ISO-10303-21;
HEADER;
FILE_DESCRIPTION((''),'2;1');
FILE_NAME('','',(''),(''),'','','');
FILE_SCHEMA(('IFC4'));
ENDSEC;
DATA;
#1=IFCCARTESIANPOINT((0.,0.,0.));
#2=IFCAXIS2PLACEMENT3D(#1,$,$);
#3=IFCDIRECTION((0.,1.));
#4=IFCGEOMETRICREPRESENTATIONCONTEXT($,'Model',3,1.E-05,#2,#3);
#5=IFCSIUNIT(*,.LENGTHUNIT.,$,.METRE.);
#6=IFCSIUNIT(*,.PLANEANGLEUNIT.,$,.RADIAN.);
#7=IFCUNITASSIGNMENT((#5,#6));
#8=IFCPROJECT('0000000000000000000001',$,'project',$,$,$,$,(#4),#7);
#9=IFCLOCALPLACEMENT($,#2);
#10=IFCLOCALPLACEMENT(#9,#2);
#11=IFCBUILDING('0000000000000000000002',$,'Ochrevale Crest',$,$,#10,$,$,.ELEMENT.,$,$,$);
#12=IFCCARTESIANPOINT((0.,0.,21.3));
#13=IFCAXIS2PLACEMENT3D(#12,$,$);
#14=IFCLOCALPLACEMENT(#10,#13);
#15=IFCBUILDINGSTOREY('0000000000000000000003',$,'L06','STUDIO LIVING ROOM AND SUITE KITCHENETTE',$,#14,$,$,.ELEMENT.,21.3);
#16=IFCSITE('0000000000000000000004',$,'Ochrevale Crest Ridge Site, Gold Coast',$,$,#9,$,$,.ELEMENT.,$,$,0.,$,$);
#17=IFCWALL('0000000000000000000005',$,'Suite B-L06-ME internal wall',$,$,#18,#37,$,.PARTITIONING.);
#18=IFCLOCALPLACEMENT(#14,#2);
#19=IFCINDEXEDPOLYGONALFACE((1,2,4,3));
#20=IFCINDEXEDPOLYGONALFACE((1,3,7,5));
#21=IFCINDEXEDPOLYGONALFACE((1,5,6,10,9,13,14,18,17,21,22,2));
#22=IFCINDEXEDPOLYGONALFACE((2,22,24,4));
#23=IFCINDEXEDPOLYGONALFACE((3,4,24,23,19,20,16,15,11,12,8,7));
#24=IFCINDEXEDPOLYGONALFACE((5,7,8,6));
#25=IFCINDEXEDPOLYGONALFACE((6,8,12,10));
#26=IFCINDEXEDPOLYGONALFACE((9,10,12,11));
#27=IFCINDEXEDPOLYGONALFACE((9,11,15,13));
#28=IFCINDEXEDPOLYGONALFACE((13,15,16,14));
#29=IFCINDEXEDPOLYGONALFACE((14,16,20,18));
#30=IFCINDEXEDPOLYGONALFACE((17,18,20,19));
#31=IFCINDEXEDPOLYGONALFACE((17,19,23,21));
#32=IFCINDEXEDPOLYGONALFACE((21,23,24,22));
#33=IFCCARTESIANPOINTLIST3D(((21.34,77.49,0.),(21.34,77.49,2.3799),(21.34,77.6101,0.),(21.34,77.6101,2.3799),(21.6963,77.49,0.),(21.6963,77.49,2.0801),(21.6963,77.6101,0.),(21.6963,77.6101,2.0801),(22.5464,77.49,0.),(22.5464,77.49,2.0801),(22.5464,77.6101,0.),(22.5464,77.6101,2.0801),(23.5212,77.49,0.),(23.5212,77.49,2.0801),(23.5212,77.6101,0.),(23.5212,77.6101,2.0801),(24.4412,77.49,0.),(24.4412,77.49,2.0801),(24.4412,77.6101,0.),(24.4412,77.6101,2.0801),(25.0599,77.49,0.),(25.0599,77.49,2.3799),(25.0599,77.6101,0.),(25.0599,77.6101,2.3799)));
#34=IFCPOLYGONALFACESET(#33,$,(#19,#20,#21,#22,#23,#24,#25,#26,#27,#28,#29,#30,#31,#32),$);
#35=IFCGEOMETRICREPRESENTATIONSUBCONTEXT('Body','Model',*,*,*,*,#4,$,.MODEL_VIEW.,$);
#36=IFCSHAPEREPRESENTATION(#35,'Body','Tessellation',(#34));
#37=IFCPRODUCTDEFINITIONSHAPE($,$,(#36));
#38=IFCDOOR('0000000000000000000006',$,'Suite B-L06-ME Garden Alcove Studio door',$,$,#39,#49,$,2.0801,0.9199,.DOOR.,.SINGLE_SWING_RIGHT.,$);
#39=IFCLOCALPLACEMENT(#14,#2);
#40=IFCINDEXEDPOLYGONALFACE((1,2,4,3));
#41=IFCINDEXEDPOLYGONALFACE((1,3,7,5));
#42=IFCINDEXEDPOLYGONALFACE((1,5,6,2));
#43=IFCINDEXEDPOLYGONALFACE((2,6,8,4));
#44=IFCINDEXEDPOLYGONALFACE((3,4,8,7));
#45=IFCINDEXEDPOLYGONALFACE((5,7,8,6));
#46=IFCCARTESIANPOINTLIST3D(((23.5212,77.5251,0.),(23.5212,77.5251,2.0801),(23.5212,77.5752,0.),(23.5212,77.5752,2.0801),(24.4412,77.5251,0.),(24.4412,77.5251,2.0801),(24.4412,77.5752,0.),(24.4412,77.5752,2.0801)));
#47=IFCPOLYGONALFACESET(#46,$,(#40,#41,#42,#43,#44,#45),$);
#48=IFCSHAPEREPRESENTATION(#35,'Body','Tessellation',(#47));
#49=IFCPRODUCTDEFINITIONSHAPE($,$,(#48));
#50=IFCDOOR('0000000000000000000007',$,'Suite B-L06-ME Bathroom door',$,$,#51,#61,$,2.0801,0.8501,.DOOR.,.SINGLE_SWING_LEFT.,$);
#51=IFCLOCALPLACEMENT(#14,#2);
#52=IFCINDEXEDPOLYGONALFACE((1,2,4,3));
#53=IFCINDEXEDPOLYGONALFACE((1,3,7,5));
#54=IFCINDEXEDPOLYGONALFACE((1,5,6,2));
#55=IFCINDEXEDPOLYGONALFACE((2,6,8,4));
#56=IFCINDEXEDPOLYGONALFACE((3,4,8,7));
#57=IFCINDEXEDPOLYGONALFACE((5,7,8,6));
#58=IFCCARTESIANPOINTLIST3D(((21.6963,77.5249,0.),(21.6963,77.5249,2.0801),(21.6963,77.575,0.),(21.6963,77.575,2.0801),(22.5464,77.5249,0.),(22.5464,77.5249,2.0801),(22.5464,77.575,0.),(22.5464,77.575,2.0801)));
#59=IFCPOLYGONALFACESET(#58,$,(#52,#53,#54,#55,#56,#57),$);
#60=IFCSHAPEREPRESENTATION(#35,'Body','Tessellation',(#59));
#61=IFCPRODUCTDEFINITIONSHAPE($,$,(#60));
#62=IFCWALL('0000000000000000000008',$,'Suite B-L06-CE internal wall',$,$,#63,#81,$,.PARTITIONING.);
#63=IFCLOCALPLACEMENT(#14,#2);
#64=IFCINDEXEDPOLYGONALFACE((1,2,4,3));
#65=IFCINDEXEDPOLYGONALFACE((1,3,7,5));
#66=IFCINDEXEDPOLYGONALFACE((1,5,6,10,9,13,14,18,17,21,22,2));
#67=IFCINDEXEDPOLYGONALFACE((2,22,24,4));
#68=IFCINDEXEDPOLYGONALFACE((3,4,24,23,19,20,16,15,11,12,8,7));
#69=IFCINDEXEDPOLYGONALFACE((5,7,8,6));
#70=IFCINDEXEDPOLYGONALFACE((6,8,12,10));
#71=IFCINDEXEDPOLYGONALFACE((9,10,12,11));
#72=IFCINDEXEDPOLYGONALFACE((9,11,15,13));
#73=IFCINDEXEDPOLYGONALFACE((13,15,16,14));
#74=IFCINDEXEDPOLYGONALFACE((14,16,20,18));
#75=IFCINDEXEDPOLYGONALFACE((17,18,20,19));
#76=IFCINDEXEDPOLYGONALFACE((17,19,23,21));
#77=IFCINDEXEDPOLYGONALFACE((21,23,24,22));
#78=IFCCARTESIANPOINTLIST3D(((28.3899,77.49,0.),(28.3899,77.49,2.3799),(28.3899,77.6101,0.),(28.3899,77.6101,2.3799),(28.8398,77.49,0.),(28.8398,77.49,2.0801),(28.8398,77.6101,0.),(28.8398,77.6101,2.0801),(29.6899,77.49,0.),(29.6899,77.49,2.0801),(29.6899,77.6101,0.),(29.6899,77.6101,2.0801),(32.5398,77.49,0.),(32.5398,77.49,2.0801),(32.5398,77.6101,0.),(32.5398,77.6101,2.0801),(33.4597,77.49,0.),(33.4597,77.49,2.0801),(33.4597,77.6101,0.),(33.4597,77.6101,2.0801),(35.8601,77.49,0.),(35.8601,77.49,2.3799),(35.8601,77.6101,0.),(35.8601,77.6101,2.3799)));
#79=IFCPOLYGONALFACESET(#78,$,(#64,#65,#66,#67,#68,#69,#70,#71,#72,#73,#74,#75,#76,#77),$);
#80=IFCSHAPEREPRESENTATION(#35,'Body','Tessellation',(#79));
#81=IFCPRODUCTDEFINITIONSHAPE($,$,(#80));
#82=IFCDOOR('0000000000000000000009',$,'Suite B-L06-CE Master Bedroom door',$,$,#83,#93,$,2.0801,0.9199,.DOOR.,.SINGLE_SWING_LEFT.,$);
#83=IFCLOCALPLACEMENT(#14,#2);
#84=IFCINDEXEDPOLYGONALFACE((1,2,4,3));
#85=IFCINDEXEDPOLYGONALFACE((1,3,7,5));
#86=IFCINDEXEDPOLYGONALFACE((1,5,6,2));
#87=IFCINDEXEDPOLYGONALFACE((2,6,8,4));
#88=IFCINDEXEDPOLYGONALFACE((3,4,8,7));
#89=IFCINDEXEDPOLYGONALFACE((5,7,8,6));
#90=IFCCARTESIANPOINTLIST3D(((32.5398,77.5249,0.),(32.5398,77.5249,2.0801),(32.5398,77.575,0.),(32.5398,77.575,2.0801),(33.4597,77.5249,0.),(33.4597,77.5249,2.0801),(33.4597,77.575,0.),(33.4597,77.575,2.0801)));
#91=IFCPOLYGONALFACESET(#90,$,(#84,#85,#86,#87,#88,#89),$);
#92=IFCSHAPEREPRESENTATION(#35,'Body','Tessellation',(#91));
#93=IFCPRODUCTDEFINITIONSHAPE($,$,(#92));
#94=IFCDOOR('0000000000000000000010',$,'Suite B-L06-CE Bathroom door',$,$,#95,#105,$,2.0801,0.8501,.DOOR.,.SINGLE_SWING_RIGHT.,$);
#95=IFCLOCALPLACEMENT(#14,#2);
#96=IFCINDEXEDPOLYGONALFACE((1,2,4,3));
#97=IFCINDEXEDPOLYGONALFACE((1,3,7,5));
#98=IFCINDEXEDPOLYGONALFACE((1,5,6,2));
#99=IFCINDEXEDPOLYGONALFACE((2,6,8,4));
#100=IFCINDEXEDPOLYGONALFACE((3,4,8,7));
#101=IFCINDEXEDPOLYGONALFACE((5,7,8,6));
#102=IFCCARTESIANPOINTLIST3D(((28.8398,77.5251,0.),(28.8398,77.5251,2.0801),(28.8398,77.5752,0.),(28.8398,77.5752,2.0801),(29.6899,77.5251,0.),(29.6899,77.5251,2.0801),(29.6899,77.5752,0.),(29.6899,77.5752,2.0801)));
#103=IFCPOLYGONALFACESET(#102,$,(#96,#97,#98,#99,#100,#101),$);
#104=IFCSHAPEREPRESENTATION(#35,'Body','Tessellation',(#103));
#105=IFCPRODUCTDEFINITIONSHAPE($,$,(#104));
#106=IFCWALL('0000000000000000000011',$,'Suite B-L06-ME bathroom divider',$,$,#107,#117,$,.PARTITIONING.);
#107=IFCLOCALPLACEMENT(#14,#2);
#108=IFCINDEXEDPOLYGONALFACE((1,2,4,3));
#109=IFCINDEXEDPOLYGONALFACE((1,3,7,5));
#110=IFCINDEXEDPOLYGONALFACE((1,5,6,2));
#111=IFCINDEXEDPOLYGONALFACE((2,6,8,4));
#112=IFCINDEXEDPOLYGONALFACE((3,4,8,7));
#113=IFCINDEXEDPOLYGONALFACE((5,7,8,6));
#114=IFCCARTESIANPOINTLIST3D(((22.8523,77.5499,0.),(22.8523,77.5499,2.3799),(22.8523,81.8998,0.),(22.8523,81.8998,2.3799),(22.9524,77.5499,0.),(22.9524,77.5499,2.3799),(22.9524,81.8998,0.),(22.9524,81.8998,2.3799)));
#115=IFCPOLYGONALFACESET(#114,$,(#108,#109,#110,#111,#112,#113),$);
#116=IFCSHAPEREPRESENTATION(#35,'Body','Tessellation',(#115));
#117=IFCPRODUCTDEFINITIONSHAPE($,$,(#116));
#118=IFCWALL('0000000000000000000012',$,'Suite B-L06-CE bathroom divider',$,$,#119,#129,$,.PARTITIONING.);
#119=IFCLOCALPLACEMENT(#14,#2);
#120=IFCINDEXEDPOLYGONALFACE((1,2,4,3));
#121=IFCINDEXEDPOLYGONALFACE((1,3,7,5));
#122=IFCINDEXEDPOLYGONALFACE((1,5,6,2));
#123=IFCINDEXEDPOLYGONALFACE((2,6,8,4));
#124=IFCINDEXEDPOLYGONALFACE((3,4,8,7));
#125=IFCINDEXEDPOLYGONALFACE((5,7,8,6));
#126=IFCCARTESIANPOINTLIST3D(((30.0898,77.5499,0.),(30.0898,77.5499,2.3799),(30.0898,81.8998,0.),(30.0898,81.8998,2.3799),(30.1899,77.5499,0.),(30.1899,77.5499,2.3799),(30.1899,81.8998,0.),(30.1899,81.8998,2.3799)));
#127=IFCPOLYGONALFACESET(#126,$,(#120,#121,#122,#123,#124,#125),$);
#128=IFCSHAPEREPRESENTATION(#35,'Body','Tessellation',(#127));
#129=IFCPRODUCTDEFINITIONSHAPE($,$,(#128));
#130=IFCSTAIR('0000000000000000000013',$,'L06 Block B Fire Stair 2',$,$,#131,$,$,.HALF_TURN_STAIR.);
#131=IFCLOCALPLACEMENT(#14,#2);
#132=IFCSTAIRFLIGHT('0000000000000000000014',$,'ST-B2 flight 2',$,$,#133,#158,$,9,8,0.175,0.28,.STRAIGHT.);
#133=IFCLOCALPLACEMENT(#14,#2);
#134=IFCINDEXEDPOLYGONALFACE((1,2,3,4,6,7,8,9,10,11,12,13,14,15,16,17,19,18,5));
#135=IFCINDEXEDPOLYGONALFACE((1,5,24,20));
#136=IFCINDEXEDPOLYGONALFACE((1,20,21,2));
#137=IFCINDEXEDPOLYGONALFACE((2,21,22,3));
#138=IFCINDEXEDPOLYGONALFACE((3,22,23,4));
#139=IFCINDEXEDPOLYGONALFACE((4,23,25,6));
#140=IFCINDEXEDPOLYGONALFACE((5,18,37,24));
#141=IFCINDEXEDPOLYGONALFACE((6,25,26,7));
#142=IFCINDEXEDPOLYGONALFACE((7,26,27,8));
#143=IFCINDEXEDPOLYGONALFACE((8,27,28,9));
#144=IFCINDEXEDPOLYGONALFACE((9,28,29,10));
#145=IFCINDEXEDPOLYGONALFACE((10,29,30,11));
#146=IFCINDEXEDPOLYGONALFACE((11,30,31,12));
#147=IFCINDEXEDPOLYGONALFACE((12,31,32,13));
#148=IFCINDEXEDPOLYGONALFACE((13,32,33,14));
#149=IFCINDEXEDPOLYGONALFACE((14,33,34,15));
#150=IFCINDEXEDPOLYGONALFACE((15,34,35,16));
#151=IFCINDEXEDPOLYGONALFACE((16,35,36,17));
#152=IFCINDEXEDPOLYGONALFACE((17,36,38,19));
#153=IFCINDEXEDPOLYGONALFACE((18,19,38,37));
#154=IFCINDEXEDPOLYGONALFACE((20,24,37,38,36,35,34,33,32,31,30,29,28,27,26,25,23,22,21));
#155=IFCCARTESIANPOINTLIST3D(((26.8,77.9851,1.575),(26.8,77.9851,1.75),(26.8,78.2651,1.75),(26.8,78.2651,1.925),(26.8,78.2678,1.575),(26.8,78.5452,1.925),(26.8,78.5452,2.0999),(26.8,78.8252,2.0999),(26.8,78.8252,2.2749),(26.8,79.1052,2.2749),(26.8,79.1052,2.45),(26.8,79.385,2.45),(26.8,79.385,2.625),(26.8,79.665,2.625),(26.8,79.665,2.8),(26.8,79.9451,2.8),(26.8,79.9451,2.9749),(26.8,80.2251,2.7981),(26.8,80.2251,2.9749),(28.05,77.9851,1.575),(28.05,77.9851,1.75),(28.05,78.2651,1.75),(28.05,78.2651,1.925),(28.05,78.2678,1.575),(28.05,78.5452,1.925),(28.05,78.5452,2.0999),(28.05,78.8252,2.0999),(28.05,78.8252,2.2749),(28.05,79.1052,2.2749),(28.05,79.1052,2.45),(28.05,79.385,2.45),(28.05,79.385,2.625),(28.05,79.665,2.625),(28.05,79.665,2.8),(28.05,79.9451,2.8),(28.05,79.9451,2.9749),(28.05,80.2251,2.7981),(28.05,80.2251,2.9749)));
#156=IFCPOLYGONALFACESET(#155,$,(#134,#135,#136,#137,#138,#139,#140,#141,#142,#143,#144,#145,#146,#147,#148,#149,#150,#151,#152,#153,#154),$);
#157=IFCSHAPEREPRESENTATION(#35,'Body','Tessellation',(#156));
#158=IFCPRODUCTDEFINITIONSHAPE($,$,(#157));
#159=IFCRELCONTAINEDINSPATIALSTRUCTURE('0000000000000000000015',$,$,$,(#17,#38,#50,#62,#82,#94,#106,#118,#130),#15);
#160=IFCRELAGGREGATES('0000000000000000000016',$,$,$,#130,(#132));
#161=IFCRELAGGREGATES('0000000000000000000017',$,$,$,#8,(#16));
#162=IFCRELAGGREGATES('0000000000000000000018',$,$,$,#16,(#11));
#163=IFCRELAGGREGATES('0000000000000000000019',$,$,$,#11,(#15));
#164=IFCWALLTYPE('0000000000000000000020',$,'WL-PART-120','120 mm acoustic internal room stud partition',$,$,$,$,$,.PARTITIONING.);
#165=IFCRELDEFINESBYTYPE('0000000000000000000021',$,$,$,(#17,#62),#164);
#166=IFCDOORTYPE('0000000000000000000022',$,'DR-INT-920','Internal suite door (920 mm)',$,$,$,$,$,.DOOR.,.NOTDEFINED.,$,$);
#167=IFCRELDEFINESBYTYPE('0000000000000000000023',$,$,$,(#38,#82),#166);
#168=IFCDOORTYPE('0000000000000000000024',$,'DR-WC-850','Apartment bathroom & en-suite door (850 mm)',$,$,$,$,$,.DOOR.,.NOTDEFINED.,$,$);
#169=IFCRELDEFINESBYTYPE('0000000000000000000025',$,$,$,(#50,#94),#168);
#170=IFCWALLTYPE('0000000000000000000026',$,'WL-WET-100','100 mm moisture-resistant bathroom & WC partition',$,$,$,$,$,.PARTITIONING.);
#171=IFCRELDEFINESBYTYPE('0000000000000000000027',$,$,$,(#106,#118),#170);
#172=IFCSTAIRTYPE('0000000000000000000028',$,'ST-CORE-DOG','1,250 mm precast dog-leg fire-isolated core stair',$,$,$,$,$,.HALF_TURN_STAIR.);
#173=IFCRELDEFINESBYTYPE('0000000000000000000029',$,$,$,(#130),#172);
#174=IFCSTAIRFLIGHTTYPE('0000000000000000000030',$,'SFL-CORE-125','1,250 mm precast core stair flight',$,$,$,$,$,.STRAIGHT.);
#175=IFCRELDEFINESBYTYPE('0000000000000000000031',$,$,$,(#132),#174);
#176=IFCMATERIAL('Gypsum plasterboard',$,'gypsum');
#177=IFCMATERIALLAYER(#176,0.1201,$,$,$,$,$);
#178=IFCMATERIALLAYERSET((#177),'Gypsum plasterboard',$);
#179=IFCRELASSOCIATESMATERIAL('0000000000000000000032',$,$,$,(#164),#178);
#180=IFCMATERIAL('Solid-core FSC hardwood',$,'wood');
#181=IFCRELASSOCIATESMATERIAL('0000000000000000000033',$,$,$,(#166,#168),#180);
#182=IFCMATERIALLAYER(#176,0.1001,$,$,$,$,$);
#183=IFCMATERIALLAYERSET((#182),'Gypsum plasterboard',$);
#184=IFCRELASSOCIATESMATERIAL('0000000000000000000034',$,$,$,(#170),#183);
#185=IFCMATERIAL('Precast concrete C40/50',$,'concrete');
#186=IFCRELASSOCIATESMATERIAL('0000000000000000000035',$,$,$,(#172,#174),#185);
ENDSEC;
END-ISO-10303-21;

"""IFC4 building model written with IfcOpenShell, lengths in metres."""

from ifc_helpers import new_model, si_unit, direction, frame, frame_2d, origin, place, context, subcontext, project, spatial, polyline, rectangle, outline, extrude, material, layer, layer_set, type_object, element, fill, aggregate, save


model = new_model("IFC4")

# Units and contexts
model_context = context("Model", 3, precision=1e-05, world=origin(), true_north=direction((0.0, 1.0)))
body_context = subcontext(model_context, "Body", "Model", "MODEL_VIEW")
ifc_project = project(units=[si_unit("LENGTHUNIT", "METRE"), si_unit("PLANEANGLEUNIT", "RADIAN")], contexts=[model_context])

# Site, building, storey
site_placement = place(None, origin())
site = spatial("IfcSite", under=ifc_project, at=site_placement, Name="Ochrevale Crest Ridge Site, Gold Coast", CompositionType="ELEMENT", RefElevation=0.0)
building_placement = place(site_placement, origin())
building = spatial("IfcBuilding", under=site, at=building_placement, Name="Ochrevale Crest", CompositionType="ELEMENT")
storey_placement = place(building_placement, frame((0.0, 0.0, 21.3)))
storey = spatial("IfcBuildingStorey", under=building, at=storey_placement, Name="L06", Description="STUDIO LIVING ROOM AND SUITE KITCHENETTE", CompositionType="ELEMENT", Elevation=21.3)

# Walls, openings, doors
ifc_material_1 = material(Name="Gypsum plasterboard", Category="gypsum")
ifc_layer_1 = layer(ifc_material_1, 0.1201)
ifc_layer_set_1 = layer_set([ifc_layer_1], Name="Gypsum plasterboard")
wall_type_1 = type_object("IfcWallType", Name="WL-PART-120", Description="120 mm acoustic internal room stud partition", PredefinedType="PARTITIONING", material=ifc_layer_set_1)
wall_1_placement = place(storey_placement, frame((21.3401, 77.55, 0.0), z_axis=(0.0, 0.0, 1.0), x_axis=(1.0, 0.0, 0.0)))
wall_1 = element("IfcWall", 1, at=wall_1_placement, inside=storey, type_object=wall_type_1, Name="Suite B-L06-ME internal wall", PredefinedType="PARTITIONING", context=body_context, shape_type="SweptSolid", body=[
    extrude(rectangle(XDim=3.72, YDim=0.1201, at=frame_2d((1.8599, 0.0))), origin(), (0.0, 0.0, 1.0), 2.3799),
])
opening_1_placement = place(wall_1_placement, frame((0.3562, 0.0, 0.0)))
opening_1 = element("IfcOpeningElement", 2, at=opening_1_placement, cuts=wall_1, PredefinedType="OPENING", context=body_context, shape_type="SweptSolid", body=[
    extrude(rectangle(XDim=0.8501, YDim=2.0801, at=frame_2d((0.425, 1.04))), frame((0.0, 0.0701, 0.0), z_axis=(0.0, -1.0, 0.0), x_axis=(1.0, 0.0, 0.0)), (0.0, 0.0, 1.0), 0.1401),
])
opening_2_placement = place(wall_1_placement, frame((3.1011, 0.0, 0.0), z_axis=(0.0, 0.0, 1.0), x_axis=(-1.0, 0.0, 0.0)))
opening_2 = element("IfcOpeningElement", 3, at=opening_2_placement, cuts=wall_1, PredefinedType="OPENING", context=body_context, shape_type="SweptSolid", body=[
    extrude(rectangle(XDim=0.9199, YDim=2.0801, at=frame_2d((0.46, 1.04))), frame((0.0, 0.0701, 0.0), z_axis=(0.0, -1.0, 0.0), x_axis=(1.0, 0.0, 0.0)), (0.0, 0.0, 1.0), 0.1401),
])
ifc_material_2 = material(Name="Solid-core FSC hardwood", Category="wood")
door_type_1 = type_object("IfcDoorType", Name="DR-INT-920", Description="Internal suite door (920 mm)", OperationType="NOTDEFINED", PredefinedType="DOOR", material=ifc_material_2)
door_1_placement = place(opening_2_placement, origin())
door_1 = element("IfcDoor", 4, at=door_1_placement, inside=storey, type_object=door_type_1, Name="Suite B-L06-ME Garden Alcove Studio door", OperationType="SINGLE_SWING_RIGHT", OverallHeight=2.0801, OverallWidth=0.9199, PredefinedType="DOOR", context=body_context, shape_type="SweptSolid", body=[
    extrude(rectangle(XDim=0.9199, YDim=2.0801, at=frame_2d((0.46, 1.04))), frame((0.0, 0.0249, 0.0), z_axis=(0.0, -1.0, 0.0), x_axis=(1.0, 0.0, 0.0)), (0.0, 0.0, 1.0), 0.05),
])
fill(opening_2, door_1)
door_type_2 = type_object("IfcDoorType", Name="DR-WC-850", Description="Apartment bathroom & en-suite door (850 mm)", OperationType="NOTDEFINED", PredefinedType="DOOR", material=ifc_material_2)
door_2_placement = place(opening_1_placement, origin())
door_2 = element("IfcDoor", 5, at=door_2_placement, inside=storey, type_object=door_type_2, Name="Suite B-L06-ME Bathroom door", OperationType="SINGLE_SWING_LEFT", OverallHeight=2.0801, OverallWidth=0.8501, PredefinedType="DOOR", context=body_context, shape_type="SweptSolid", body=[
    extrude(rectangle(XDim=0.8501, YDim=2.0801, at=frame_2d((0.425, 1.04))), frame((0.0, 0.0249, 0.0), z_axis=(0.0, -1.0, 0.0), x_axis=(1.0, 0.0, 0.0)), (0.0, 0.0, 1.0), 0.05),
])
fill(opening_1, door_2)
wall_2_placement = place(storey_placement, frame((28.3899, 77.55, 0.0), z_axis=(0.0, 0.0, 1.0), x_axis=(1.0, 0.0, 0.0)))
wall_2 = element("IfcWall", 6, at=wall_2_placement, inside=storey, type_object=wall_type_1, Name="Suite B-L06-CE internal wall", PredefinedType="PARTITIONING", context=body_context, shape_type="SweptSolid", body=[
    extrude(rectangle(XDim=7.4702, YDim=0.1201, at=frame_2d((3.7351, 0.0))), origin(), (0.0, 0.0, 1.0), 2.3799),
])
opening_3_placement = place(wall_2_placement, frame((1.3, 0.0, 0.0), z_axis=(0.0, 0.0, 1.0), x_axis=(-1.0, 0.0, 0.0)))
opening_3 = element("IfcOpeningElement", 7, at=opening_3_placement, cuts=wall_2, PredefinedType="OPENING", context=body_context, shape_type="SweptSolid", body=[
    extrude(rectangle(XDim=0.8501, YDim=2.0801, at=frame_2d((0.425, 1.04))), frame((0.0, 0.0701, 0.0), z_axis=(0.0, -1.0, 0.0), x_axis=(1.0, 0.0, 0.0)), (0.0, 0.0, 1.0), 0.1401),
])
opening_4_placement = place(wall_2_placement, frame((4.1499, 0.0, 0.0)))
opening_4 = element("IfcOpeningElement", 8, at=opening_4_placement, cuts=wall_2, PredefinedType="OPENING", context=body_context, shape_type="SweptSolid", body=[
    extrude(rectangle(XDim=0.9199, YDim=2.0801, at=frame_2d((0.46, 1.04))), frame((0.0, 0.0701, 0.0), z_axis=(0.0, -1.0, 0.0), x_axis=(1.0, 0.0, 0.0)), (0.0, 0.0, 1.0), 0.1401),
])
door_3_placement = place(opening_4_placement, origin())
door_3 = element("IfcDoor", 9, at=door_3_placement, inside=storey, type_object=door_type_1, Name="Suite B-L06-CE Master Bedroom door", OperationType="SINGLE_SWING_LEFT", OverallHeight=2.0801, OverallWidth=0.9199, PredefinedType="DOOR", context=body_context, shape_type="SweptSolid", body=[
    extrude(rectangle(XDim=0.9199, YDim=2.0801, at=frame_2d((0.46, 1.04))), frame((0.0, 0.0249, 0.0), z_axis=(0.0, -1.0, 0.0), x_axis=(1.0, 0.0, 0.0)), (0.0, 0.0, 1.0), 0.05),
])
fill(opening_4, door_3)
door_4_placement = place(opening_3_placement, origin())
door_4 = element("IfcDoor", 10, at=door_4_placement, inside=storey, type_object=door_type_2, Name="Suite B-L06-CE Bathroom door", OperationType="SINGLE_SWING_RIGHT", OverallHeight=2.0801, OverallWidth=0.8501, PredefinedType="DOOR", context=body_context, shape_type="SweptSolid", body=[
    extrude(rectangle(XDim=0.8501, YDim=2.0801, at=frame_2d((0.425, 1.04))), frame((0.0, 0.0249, 0.0), z_axis=(0.0, -1.0, 0.0), x_axis=(1.0, 0.0, 0.0)), (0.0, 0.0, 1.0), 0.05),
])
fill(opening_3, door_4)

# Walls
ifc_layer_2 = layer(ifc_material_1, 0.1001)
ifc_layer_set_2 = layer_set([ifc_layer_2], Name="Gypsum plasterboard")
wall_type_2 = type_object("IfcWallType", Name="WL-WET-100", Description="100 mm moisture-resistant bathroom & WC partition", PredefinedType="PARTITIONING", material=ifc_layer_set_2)
for number, where, z_axis, x_axis, name in (
    (11, (22.9023, 77.55, 0.0), (0.0, 0.0, 1.0), (0.0, 1.0, 0.0), "Suite B-L06-ME bathroom divider"),
    (12, (30.1399, 77.55, 0.0), (0.0, 0.0, 1.0), (0.0, 1.0, 0.0), "Suite B-L06-CE bathroom divider"),
):
    element("IfcWall", number, at=place(storey_placement, frame(where, z_axis=z_axis, x_axis=x_axis)), inside=storey, type_object=wall_type_2, Name=name, PredefinedType="PARTITIONING", context=body_context, shape_type="SweptSolid", body=[
        extrude(rectangle(XDim=4.3499, YDim=0.1001, at=frame_2d((2.1748, 0.0))), origin(), (0.0, 0.0, 1.0), 2.3799),
    ])

# Stair, stair flight
ifc_material_3 = material(Name="Precast concrete C40/50", Category="concrete")
stair_type = type_object("IfcStairType", Name="ST-CORE-DOG", Description="1,250 mm precast dog-leg fire-isolated core stair", PredefinedType="HALF_TURN_STAIR", material=ifc_material_3)
stair_placement = place(storey_placement, origin())
stair = element("IfcStair", 13, at=stair_placement, inside=storey, type_object=stair_type, Name="L06 Block B Fire Stair 2", PredefinedType="HALF_TURN_STAIR")
stair_flight_type = type_object("IfcStairFlightType", Name="SFL-CORE-125", Description="1,250 mm precast core stair flight", PredefinedType="STRAIGHT", material=ifc_material_3)
stair_flight_placement = place(storey_placement, frame((27.425, 77.9851, 1.575), z_axis=(0.0, 0.0, 1.0), x_axis=(0.0, 1.0, 0.0)))
stair_flight = element("IfcStairFlight", 14, at=stair_flight_placement, type_object=stair_flight_type, Name="ST-B2 flight 2", NumberOfRisers=9, NumberOfTreads=8, PredefinedType="STRAIGHT", RiserHeight=0.175, TreadLength=0.28, context=body_context, shape_type="SweptSolid", body=[
    extrude(outline(polyline([(0.0, 0.0), (0.0, 0.175), (0.28, 0.175), (0.28, 0.3501), (0.5601, 0.3501), (0.5601, 0.5249), (0.8401, 0.5249), (0.8401, 0.7), (1.1201, 0.7), (1.1201, 0.875), (1.3999, 0.875), (1.3999, 1.05), (1.6799, 1.05), (1.6799, 1.2251), (1.96, 1.2251), (1.96, 1.3999), (2.24, 1.3999), (2.24, 1.575), (2.24, 1.2231), (0.2827, 0.0), (0.0, 0.0)])), frame((0.0, 0.625, 0.0), z_axis=(0.0, -1.0, 0.0), x_axis=(1.0, 0.0, 0.0)), (0.0, 0.0, 1.0), 1.25),
])
aggregate(stair, [stair_flight])

save(model, "model.ifc")
